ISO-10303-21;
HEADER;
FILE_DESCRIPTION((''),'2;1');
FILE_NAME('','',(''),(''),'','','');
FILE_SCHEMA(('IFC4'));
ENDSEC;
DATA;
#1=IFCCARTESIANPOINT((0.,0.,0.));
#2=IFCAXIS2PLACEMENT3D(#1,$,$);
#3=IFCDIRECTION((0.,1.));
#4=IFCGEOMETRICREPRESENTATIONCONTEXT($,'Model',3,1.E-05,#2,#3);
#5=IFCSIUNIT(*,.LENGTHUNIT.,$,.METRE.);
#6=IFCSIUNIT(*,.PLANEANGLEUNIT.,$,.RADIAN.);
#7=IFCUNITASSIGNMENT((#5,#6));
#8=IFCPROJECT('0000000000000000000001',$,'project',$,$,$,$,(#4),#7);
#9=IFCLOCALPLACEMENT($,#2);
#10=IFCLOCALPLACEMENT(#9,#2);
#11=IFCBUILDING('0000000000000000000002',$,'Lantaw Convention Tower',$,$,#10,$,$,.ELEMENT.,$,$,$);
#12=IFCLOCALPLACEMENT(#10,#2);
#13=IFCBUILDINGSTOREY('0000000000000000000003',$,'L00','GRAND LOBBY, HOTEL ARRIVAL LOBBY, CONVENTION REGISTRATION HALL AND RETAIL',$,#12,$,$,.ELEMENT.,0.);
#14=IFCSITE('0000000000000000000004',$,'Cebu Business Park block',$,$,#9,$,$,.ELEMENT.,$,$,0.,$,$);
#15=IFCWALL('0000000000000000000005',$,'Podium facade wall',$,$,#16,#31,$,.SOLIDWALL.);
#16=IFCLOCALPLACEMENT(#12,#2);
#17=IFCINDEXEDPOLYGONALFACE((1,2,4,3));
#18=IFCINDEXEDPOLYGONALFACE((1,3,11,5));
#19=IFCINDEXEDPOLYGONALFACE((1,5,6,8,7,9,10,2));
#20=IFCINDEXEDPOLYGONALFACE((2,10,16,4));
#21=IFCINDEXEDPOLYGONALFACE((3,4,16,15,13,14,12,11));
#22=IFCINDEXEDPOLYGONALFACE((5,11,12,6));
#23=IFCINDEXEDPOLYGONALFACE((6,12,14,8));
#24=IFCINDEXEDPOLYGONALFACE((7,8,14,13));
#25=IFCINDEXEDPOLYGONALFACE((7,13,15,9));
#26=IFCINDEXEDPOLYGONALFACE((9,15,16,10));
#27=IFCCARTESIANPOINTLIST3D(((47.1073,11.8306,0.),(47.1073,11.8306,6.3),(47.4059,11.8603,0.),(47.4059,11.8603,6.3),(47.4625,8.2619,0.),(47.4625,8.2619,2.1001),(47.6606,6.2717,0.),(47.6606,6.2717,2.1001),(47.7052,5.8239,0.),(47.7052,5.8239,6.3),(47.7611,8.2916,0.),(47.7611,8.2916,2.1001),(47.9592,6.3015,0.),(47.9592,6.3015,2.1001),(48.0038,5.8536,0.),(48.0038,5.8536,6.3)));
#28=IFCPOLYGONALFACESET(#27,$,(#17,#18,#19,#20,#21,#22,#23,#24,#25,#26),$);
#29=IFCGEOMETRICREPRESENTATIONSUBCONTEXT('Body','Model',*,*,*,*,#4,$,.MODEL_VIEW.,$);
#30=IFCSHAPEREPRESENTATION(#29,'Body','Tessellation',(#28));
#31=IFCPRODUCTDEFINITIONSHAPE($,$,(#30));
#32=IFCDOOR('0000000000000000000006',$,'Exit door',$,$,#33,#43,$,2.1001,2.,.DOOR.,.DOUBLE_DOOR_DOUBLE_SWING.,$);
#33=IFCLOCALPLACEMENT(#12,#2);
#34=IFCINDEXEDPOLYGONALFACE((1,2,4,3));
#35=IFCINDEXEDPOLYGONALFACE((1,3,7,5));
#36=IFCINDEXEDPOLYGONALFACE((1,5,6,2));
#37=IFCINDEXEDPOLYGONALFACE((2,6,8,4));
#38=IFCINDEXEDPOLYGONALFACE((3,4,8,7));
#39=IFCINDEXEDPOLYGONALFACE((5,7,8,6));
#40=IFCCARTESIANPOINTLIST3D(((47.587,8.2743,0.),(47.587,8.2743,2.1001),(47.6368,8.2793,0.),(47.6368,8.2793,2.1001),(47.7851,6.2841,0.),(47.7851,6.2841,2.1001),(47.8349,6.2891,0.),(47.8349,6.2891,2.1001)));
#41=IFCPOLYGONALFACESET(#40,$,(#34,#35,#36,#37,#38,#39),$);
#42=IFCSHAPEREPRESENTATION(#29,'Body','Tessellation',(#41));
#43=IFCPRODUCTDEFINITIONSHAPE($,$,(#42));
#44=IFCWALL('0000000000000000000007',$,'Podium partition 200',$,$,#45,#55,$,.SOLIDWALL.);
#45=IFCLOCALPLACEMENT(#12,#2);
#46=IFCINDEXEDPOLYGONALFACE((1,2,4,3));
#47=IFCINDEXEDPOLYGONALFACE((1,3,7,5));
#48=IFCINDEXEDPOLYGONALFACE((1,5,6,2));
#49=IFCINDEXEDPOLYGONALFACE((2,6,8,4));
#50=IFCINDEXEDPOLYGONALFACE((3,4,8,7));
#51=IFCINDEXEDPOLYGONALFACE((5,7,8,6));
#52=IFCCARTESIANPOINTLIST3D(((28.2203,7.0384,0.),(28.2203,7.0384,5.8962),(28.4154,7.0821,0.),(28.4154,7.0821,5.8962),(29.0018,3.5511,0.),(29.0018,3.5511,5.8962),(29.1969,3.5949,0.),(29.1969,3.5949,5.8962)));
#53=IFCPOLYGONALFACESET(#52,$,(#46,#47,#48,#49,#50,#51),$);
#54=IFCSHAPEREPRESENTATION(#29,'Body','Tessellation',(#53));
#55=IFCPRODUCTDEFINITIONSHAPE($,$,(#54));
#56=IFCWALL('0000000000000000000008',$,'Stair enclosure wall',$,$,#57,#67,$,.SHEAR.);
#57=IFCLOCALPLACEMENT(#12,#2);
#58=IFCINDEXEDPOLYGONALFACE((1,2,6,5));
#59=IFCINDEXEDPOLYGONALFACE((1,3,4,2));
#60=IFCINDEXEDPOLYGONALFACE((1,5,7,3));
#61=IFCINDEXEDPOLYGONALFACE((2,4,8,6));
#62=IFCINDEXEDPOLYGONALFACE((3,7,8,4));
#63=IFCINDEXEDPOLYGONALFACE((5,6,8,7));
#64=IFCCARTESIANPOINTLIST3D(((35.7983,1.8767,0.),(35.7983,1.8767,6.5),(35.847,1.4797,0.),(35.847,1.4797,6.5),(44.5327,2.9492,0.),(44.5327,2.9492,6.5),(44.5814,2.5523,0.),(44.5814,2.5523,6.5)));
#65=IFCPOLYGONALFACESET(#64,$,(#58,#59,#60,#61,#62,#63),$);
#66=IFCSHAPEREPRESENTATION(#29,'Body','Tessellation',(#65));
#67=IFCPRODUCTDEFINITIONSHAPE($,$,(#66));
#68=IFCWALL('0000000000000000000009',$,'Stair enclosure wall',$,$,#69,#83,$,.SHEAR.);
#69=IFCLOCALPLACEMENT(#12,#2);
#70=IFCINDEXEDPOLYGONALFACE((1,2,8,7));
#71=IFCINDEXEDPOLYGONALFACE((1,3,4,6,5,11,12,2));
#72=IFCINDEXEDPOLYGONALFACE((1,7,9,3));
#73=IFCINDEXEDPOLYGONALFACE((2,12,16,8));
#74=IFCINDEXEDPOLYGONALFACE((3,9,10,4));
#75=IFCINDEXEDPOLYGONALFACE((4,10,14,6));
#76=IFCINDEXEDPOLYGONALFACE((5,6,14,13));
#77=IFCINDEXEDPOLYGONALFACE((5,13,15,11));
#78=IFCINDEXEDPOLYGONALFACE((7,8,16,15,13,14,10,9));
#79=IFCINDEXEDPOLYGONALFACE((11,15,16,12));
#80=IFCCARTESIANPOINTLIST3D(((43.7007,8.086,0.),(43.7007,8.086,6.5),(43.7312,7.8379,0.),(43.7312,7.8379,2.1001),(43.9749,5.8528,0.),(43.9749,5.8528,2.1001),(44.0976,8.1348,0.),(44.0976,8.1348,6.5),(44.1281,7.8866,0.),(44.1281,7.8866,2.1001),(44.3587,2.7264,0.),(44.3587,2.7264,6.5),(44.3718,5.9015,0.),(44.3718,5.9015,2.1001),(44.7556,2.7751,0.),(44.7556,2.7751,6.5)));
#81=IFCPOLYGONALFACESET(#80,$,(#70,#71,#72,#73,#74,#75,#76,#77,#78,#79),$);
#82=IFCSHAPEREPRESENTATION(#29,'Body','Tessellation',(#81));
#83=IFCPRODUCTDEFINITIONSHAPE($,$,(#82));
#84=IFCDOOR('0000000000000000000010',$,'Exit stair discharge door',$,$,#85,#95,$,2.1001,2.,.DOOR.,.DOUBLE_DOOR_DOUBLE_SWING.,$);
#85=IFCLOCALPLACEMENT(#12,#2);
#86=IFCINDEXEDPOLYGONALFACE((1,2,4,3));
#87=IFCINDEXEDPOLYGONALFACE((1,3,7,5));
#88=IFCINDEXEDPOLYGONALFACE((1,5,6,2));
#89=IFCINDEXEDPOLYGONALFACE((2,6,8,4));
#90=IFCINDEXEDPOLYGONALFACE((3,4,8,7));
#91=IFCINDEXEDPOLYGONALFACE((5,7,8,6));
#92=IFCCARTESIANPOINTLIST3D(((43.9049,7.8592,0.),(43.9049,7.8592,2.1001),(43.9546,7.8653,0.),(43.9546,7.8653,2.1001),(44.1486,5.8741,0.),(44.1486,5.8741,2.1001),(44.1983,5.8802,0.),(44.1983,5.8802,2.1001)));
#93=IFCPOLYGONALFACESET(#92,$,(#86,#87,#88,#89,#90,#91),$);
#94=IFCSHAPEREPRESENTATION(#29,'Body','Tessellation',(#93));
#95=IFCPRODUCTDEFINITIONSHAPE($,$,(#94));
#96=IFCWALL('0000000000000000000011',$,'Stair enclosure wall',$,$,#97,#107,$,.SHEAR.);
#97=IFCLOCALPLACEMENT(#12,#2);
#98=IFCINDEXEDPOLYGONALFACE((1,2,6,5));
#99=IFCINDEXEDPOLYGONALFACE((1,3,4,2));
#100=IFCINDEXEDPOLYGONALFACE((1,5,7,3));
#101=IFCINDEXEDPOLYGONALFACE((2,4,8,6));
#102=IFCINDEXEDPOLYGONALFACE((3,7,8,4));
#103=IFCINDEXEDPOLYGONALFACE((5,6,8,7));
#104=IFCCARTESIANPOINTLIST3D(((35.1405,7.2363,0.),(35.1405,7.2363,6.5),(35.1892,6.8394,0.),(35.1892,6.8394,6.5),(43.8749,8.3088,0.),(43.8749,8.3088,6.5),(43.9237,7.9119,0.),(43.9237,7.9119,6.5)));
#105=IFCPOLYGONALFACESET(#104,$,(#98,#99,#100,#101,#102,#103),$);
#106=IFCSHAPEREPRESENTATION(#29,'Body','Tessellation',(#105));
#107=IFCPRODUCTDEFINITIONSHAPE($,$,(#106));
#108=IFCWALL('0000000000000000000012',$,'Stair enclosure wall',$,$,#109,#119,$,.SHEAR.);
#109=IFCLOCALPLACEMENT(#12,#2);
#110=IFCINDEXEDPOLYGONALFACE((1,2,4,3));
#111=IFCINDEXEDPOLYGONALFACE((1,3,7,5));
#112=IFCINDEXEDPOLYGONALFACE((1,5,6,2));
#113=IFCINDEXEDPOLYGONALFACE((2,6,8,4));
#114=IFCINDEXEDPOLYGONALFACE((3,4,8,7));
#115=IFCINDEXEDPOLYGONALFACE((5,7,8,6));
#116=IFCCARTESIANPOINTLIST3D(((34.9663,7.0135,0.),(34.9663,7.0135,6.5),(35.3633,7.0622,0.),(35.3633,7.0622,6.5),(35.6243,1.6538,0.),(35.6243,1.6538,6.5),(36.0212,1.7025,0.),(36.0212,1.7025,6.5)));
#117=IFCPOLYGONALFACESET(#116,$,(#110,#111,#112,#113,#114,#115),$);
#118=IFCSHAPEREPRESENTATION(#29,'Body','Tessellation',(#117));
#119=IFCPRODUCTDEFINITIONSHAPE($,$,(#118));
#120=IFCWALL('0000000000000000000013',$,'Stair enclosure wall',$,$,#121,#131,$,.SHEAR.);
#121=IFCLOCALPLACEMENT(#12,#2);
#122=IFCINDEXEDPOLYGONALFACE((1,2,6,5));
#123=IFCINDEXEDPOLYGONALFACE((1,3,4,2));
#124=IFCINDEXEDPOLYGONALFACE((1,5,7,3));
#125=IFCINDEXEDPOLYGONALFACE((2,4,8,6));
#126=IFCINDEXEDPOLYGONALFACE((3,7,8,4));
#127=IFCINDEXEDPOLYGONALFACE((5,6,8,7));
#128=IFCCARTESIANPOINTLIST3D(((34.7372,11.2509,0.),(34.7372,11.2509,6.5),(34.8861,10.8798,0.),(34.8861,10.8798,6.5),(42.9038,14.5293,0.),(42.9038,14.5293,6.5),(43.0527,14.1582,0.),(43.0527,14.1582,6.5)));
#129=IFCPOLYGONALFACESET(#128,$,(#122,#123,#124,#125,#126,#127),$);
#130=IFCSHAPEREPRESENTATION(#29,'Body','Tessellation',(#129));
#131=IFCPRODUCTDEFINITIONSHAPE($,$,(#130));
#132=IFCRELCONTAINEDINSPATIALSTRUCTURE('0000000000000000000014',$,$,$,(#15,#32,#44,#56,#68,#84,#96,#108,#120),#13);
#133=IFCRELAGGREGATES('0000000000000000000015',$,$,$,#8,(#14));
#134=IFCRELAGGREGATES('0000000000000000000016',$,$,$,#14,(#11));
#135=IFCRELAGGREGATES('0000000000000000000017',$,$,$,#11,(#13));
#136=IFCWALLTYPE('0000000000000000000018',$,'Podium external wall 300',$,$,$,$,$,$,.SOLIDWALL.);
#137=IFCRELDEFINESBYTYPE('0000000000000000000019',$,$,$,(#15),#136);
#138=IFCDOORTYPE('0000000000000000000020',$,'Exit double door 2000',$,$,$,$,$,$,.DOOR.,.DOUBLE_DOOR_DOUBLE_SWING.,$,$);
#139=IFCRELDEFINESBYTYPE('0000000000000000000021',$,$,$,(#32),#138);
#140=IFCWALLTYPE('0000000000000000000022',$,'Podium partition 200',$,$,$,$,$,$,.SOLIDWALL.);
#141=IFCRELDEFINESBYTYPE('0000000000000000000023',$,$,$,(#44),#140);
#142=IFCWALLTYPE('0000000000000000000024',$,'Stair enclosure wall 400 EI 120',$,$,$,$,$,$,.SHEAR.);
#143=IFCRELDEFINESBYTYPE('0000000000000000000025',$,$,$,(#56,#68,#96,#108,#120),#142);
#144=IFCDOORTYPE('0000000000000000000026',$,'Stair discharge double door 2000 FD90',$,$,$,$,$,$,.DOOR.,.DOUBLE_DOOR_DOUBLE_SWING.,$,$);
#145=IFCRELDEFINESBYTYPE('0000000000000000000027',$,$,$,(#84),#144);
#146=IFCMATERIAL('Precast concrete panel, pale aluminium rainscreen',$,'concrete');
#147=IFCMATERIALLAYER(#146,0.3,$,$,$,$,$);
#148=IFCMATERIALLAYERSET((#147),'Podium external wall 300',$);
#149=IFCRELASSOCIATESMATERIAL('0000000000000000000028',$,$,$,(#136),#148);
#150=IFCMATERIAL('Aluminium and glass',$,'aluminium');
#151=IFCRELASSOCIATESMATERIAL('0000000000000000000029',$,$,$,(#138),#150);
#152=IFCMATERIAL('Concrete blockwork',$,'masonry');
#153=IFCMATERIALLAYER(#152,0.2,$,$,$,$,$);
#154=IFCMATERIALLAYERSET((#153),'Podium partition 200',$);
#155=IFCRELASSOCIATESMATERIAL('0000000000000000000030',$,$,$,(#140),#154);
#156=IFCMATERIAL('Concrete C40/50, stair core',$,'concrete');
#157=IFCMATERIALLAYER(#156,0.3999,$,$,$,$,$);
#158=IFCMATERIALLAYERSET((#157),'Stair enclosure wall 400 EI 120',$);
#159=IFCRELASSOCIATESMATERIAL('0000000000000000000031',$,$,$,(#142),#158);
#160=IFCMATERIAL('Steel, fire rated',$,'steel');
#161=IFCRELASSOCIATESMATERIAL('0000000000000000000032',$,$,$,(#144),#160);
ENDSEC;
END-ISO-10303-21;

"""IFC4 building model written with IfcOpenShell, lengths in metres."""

from ifc_helpers import new_model, si_unit, direction, frame, frame_2d, origin, place, context, subcontext, project, spatial, rectangle, extrude, material, layer, layer_set, type_object, element, fill, save


model = new_model("IFC4")

# Units and contexts
model_context = context("Model", 3, precision=1e-05, world=origin(), true_north=direction((0.0, 1.0)))
body_context = subcontext(model_context, "Body", "Model", "MODEL_VIEW")
ifc_project = project(units=[si_unit("LENGTHUNIT", "METRE"), si_unit("PLANEANGLEUNIT", "RADIAN")], contexts=[model_context])

# Site, building, storey
site_placement = place(None, origin())
site = spatial("IfcSite", under=ifc_project, at=site_placement, Name="Cebu Business Park block", CompositionType="ELEMENT", RefElevation=0.0)
building_placement = place(site_placement, origin())
building = spatial("IfcBuilding", under=site, at=building_placement, Name="Lantaw Convention Tower", CompositionType="ELEMENT")
storey_placement = place(building_placement, origin())
storey = spatial("IfcBuildingStorey", under=building, at=storey_placement, Name="L00", Description="GRAND LOBBY, HOTEL ARRIVAL LOBBY, CONVENTION REGISTRATION HALL AND RETAIL", CompositionType="ELEMENT", Elevation=0.0)

# Wall, opening, door
ifc_material_1 = material(Name="Aluminium and glass", Category="aluminium")
ifc_material_2 = material(Name="Precast concrete panel, pale aluminium rainscreen", Category="concrete")
ifc_layer_1 = layer(ifc_material_2, 0.3)
ifc_layer_set_1 = layer_set([ifc_layer_1], Name="Podium external wall 300")
wall_type_1 = type_object("IfcWallType", Name="Podium external wall 300", PredefinedType="SOLIDWALL", material=ifc_layer_set_1)
wall_1_placement = place(storey_placement, frame((47.8545, 5.8389, 0.0), z_axis=(0.0, 0.0, 1.0), x_axis=(-0.099051, 0.995082, 0.0)))
wall_1 = element("IfcWall", 1, at=wall_1_placement, inside=storey, type_object=wall_type_1, Name="Podium facade wall", PredefinedType="SOLIDWALL", context=body_context, shape_type="SweptSolid", body=[
    extrude(rectangle(XDim=6.0364, YDim=0.3, at=frame_2d((3.0181, 0.0))), origin(), (0.0, 0.0, 1.0), 6.3),
])
opening_1_placement = place(wall_1_placement, frame((0.45, 0.0, 0.0)))
opening_1 = element("IfcOpeningElement", 2, at=opening_1_placement, cuts=wall_1, PredefinedType="OPENING", context=body_context, shape_type="SweptSolid", body=[
    extrude(rectangle(XDim=2.0, YDim=2.1001, at=frame_2d((1.0, 1.05))), frame((0.0, 0.1599, 0.0), z_axis=(0.0, -1.0, 0.0), x_axis=(1.0, 0.0, 0.0)), (0.0, 0.0, 1.0), 0.3201),
])
door_type_1 = type_object("IfcDoorType", Name="Exit double door 2000", OperationType="DOUBLE_DOOR_DOUBLE_SWING", PredefinedType="DOOR", material=ifc_material_1)
door_1_placement = place(opening_1_placement, origin())
door_1 = element("IfcDoor", 3, at=door_1_placement, inside=storey, type_object=door_type_1, Name="Exit door", OperationType="DOUBLE_DOOR_DOUBLE_SWING", OverallHeight=2.1001, OverallWidth=2.0, PredefinedType="DOOR", context=body_context, shape_type="SweptSolid", body=[
    extrude(rectangle(XDim=2.0, YDim=2.1001, at=frame_2d((1.0, 1.05))), frame((0.0, 0.0249, 0.0), z_axis=(0.0, -1.0, 0.0), x_axis=(1.0, 0.0, 0.0)), (0.0, 0.0, 1.0), 0.05),
])
fill(opening_1, door_1)
ifc_material_3 = material(Name="Steel, fire rated", Category="steel")

# Walls
ifc_material_4 = material(Name="Concrete blockwork", Category="masonry")
ifc_layer_2 = layer(ifc_material_4, 0.2)
ifc_layer_set_2 = layer_set([ifc_layer_2], Name="Podium partition 200")
wall_type_2 = type_object("IfcWallType", Name="Podium partition 200", PredefinedType="SOLIDWALL", material=ifc_layer_set_2)
wall_2_placement = place(storey_placement, frame((29.0994, 3.573, 0.0), z_axis=(0.0, 0.0, 1.0), x_axis=(-0.218673, 0.975798, 0.0)))
element("IfcWall", 4, at=wall_2_placement, inside=storey, type_object=wall_type_2, Name="Podium partition 200", PredefinedType="SOLIDWALL", context=body_context, shape_type="SweptSolid", body=[
    extrude(rectangle(XDim=3.5737, YDim=0.2, at=frame_2d((1.7869, 0.0))), origin(), (0.0, 0.0, 1.0), 5.8962),
])
ifc_material_5 = material(Name="Concrete C40/50, stair core", Category="concrete")
ifc_layer_3 = layer(ifc_material_5, 0.3999)
ifc_layer_set_3 = layer_set([ifc_layer_3], Name="Stair enclosure wall 400 EI 120")
wall_type_3 = type_object("IfcWallType", Name="Stair enclosure wall 400 EI 120", PredefinedType="SHEAR", material=ifc_layer_set_3)
wall_3_placement = place(storey_placement, frame((35.8228, 1.6782, 0.0), z_axis=(0.0, 0.0, 1.0), x_axis=(0.992545, 0.121876, 0.0)))
element("IfcWall", 5, at=wall_3_placement, inside=storey, type_object=wall_type_3, Name="Stair enclosure wall", PredefinedType="SHEAR", context=body_context, shape_type="SweptSolid", body=[
    extrude(rectangle(XDim=8.8, YDim=0.3999, at=frame_2d((4.3999, 0.0))), origin(), (0.0, 0.0, 1.0), 6.5),
])

# Wall, opening, door
wall_4_placement = place(storey_placement, frame((44.5571, 2.7507, 0.0), z_axis=(0.0, 0.0, 1.0), x_axis=(-0.121848, 0.992549, 0.0)))
wall_4 = element("IfcWall", 6, at=wall_4_placement, inside=storey, type_object=wall_type_3, Name="Stair enclosure wall", PredefinedType="SHEAR", context=body_context, shape_type="SweptSolid", body=[
    extrude(rectangle(XDim=5.3999, YDim=0.3999, at=frame_2d((2.7, 0.0))), origin(), (0.0, 0.0, 1.0), 6.5),
])
opening_2_placement = place(wall_4_placement, frame((3.1499, 0.0, 0.0)))
opening_2 = element("IfcOpeningElement", 7, at=opening_2_placement, cuts=wall_4, PredefinedType="OPENING", context=body_context, shape_type="SweptSolid", body=[
    extrude(rectangle(XDim=2.0, YDim=2.1001, at=frame_2d((1.0, 1.05))), frame((0.0, 0.21, 0.0), z_axis=(0.0, -1.0, 0.0), x_axis=(1.0, 0.0, 0.0)), (0.0, 0.0, 1.0), 0.4199),
])
door_type_2 = type_object("IfcDoorType", Name="Stair discharge double door 2000 FD90", OperationType="DOUBLE_DOOR_DOUBLE_SWING", PredefinedType="DOOR", material=ifc_material_3)
door_2_placement = place(opening_2_placement, origin())
door_2 = element("IfcDoor", 8, at=door_2_placement, inside=storey, type_object=door_type_2, Name="Exit stair discharge door", OperationType="DOUBLE_DOOR_DOUBLE_SWING", OverallHeight=2.1001, OverallWidth=2.0, PredefinedType="DOOR", context=body_context, shape_type="SweptSolid", body=[
    extrude(rectangle(XDim=2.0, YDim=2.1001, at=frame_2d((1.0, 1.05))), frame((0.0, 0.0249, 0.0), z_axis=(0.0, -1.0, 0.0), x_axis=(1.0, 0.0, 0.0)), (0.0, 0.0, 1.0), 0.05),
])
fill(opening_2, door_2)

# Walls
wall_5_placement = place(storey_placement, frame((43.8992, 8.1104, 0.0), z_axis=(0.0, 0.0, 1.0), x_axis=(-0.992545, -0.121876, 0.0)))
element("IfcWall", 9, at=wall_5_placement, inside=storey, type_object=wall_type_3, Name="Stair enclosure wall", PredefinedType="SHEAR", context=body_context, shape_type="SweptSolid", body=[
    extrude(rectangle(XDim=8.8, YDim=0.3999, at=frame_2d((4.3999, 0.0))), origin(), (0.0, 0.0, 1.0), 6.5),
])
wall_6_placement = place(storey_placement, frame((35.1648, 7.0378, 0.0), z_axis=(0.0, 0.0, 1.0), x_axis=(0.121848, -0.992549, 0.0)))
element("IfcWall", 10, at=wall_6_placement, inside=storey, type_object=wall_type_3, Name="Stair enclosure wall", PredefinedType="SHEAR", context=body_context, shape_type="SweptSolid", body=[
    extrude(rectangle(XDim=5.3999, YDim=0.3999, at=frame_2d((2.7, 0.0))), origin(), (0.0, 0.0, 1.0), 6.5),
])
wall_7_placement = place(storey_placement, frame((34.8118, 11.0654, 0.0), z_axis=(0.0, 0.0, 1.0), x_axis=(0.928017, 0.372538, 0.0)))
element("IfcWall", 11, at=wall_7_placement, inside=storey, type_object=wall_type_3, Name="Stair enclosure wall", PredefinedType="SHEAR", context=body_context, shape_type="SweptSolid", body=[
    extrude(rectangle(XDim=8.8, YDim=0.3999, at=frame_2d((4.3999, 0.0))), origin(), (0.0, 0.0, 1.0), 6.5),
])

save(model, "model.ifc")
